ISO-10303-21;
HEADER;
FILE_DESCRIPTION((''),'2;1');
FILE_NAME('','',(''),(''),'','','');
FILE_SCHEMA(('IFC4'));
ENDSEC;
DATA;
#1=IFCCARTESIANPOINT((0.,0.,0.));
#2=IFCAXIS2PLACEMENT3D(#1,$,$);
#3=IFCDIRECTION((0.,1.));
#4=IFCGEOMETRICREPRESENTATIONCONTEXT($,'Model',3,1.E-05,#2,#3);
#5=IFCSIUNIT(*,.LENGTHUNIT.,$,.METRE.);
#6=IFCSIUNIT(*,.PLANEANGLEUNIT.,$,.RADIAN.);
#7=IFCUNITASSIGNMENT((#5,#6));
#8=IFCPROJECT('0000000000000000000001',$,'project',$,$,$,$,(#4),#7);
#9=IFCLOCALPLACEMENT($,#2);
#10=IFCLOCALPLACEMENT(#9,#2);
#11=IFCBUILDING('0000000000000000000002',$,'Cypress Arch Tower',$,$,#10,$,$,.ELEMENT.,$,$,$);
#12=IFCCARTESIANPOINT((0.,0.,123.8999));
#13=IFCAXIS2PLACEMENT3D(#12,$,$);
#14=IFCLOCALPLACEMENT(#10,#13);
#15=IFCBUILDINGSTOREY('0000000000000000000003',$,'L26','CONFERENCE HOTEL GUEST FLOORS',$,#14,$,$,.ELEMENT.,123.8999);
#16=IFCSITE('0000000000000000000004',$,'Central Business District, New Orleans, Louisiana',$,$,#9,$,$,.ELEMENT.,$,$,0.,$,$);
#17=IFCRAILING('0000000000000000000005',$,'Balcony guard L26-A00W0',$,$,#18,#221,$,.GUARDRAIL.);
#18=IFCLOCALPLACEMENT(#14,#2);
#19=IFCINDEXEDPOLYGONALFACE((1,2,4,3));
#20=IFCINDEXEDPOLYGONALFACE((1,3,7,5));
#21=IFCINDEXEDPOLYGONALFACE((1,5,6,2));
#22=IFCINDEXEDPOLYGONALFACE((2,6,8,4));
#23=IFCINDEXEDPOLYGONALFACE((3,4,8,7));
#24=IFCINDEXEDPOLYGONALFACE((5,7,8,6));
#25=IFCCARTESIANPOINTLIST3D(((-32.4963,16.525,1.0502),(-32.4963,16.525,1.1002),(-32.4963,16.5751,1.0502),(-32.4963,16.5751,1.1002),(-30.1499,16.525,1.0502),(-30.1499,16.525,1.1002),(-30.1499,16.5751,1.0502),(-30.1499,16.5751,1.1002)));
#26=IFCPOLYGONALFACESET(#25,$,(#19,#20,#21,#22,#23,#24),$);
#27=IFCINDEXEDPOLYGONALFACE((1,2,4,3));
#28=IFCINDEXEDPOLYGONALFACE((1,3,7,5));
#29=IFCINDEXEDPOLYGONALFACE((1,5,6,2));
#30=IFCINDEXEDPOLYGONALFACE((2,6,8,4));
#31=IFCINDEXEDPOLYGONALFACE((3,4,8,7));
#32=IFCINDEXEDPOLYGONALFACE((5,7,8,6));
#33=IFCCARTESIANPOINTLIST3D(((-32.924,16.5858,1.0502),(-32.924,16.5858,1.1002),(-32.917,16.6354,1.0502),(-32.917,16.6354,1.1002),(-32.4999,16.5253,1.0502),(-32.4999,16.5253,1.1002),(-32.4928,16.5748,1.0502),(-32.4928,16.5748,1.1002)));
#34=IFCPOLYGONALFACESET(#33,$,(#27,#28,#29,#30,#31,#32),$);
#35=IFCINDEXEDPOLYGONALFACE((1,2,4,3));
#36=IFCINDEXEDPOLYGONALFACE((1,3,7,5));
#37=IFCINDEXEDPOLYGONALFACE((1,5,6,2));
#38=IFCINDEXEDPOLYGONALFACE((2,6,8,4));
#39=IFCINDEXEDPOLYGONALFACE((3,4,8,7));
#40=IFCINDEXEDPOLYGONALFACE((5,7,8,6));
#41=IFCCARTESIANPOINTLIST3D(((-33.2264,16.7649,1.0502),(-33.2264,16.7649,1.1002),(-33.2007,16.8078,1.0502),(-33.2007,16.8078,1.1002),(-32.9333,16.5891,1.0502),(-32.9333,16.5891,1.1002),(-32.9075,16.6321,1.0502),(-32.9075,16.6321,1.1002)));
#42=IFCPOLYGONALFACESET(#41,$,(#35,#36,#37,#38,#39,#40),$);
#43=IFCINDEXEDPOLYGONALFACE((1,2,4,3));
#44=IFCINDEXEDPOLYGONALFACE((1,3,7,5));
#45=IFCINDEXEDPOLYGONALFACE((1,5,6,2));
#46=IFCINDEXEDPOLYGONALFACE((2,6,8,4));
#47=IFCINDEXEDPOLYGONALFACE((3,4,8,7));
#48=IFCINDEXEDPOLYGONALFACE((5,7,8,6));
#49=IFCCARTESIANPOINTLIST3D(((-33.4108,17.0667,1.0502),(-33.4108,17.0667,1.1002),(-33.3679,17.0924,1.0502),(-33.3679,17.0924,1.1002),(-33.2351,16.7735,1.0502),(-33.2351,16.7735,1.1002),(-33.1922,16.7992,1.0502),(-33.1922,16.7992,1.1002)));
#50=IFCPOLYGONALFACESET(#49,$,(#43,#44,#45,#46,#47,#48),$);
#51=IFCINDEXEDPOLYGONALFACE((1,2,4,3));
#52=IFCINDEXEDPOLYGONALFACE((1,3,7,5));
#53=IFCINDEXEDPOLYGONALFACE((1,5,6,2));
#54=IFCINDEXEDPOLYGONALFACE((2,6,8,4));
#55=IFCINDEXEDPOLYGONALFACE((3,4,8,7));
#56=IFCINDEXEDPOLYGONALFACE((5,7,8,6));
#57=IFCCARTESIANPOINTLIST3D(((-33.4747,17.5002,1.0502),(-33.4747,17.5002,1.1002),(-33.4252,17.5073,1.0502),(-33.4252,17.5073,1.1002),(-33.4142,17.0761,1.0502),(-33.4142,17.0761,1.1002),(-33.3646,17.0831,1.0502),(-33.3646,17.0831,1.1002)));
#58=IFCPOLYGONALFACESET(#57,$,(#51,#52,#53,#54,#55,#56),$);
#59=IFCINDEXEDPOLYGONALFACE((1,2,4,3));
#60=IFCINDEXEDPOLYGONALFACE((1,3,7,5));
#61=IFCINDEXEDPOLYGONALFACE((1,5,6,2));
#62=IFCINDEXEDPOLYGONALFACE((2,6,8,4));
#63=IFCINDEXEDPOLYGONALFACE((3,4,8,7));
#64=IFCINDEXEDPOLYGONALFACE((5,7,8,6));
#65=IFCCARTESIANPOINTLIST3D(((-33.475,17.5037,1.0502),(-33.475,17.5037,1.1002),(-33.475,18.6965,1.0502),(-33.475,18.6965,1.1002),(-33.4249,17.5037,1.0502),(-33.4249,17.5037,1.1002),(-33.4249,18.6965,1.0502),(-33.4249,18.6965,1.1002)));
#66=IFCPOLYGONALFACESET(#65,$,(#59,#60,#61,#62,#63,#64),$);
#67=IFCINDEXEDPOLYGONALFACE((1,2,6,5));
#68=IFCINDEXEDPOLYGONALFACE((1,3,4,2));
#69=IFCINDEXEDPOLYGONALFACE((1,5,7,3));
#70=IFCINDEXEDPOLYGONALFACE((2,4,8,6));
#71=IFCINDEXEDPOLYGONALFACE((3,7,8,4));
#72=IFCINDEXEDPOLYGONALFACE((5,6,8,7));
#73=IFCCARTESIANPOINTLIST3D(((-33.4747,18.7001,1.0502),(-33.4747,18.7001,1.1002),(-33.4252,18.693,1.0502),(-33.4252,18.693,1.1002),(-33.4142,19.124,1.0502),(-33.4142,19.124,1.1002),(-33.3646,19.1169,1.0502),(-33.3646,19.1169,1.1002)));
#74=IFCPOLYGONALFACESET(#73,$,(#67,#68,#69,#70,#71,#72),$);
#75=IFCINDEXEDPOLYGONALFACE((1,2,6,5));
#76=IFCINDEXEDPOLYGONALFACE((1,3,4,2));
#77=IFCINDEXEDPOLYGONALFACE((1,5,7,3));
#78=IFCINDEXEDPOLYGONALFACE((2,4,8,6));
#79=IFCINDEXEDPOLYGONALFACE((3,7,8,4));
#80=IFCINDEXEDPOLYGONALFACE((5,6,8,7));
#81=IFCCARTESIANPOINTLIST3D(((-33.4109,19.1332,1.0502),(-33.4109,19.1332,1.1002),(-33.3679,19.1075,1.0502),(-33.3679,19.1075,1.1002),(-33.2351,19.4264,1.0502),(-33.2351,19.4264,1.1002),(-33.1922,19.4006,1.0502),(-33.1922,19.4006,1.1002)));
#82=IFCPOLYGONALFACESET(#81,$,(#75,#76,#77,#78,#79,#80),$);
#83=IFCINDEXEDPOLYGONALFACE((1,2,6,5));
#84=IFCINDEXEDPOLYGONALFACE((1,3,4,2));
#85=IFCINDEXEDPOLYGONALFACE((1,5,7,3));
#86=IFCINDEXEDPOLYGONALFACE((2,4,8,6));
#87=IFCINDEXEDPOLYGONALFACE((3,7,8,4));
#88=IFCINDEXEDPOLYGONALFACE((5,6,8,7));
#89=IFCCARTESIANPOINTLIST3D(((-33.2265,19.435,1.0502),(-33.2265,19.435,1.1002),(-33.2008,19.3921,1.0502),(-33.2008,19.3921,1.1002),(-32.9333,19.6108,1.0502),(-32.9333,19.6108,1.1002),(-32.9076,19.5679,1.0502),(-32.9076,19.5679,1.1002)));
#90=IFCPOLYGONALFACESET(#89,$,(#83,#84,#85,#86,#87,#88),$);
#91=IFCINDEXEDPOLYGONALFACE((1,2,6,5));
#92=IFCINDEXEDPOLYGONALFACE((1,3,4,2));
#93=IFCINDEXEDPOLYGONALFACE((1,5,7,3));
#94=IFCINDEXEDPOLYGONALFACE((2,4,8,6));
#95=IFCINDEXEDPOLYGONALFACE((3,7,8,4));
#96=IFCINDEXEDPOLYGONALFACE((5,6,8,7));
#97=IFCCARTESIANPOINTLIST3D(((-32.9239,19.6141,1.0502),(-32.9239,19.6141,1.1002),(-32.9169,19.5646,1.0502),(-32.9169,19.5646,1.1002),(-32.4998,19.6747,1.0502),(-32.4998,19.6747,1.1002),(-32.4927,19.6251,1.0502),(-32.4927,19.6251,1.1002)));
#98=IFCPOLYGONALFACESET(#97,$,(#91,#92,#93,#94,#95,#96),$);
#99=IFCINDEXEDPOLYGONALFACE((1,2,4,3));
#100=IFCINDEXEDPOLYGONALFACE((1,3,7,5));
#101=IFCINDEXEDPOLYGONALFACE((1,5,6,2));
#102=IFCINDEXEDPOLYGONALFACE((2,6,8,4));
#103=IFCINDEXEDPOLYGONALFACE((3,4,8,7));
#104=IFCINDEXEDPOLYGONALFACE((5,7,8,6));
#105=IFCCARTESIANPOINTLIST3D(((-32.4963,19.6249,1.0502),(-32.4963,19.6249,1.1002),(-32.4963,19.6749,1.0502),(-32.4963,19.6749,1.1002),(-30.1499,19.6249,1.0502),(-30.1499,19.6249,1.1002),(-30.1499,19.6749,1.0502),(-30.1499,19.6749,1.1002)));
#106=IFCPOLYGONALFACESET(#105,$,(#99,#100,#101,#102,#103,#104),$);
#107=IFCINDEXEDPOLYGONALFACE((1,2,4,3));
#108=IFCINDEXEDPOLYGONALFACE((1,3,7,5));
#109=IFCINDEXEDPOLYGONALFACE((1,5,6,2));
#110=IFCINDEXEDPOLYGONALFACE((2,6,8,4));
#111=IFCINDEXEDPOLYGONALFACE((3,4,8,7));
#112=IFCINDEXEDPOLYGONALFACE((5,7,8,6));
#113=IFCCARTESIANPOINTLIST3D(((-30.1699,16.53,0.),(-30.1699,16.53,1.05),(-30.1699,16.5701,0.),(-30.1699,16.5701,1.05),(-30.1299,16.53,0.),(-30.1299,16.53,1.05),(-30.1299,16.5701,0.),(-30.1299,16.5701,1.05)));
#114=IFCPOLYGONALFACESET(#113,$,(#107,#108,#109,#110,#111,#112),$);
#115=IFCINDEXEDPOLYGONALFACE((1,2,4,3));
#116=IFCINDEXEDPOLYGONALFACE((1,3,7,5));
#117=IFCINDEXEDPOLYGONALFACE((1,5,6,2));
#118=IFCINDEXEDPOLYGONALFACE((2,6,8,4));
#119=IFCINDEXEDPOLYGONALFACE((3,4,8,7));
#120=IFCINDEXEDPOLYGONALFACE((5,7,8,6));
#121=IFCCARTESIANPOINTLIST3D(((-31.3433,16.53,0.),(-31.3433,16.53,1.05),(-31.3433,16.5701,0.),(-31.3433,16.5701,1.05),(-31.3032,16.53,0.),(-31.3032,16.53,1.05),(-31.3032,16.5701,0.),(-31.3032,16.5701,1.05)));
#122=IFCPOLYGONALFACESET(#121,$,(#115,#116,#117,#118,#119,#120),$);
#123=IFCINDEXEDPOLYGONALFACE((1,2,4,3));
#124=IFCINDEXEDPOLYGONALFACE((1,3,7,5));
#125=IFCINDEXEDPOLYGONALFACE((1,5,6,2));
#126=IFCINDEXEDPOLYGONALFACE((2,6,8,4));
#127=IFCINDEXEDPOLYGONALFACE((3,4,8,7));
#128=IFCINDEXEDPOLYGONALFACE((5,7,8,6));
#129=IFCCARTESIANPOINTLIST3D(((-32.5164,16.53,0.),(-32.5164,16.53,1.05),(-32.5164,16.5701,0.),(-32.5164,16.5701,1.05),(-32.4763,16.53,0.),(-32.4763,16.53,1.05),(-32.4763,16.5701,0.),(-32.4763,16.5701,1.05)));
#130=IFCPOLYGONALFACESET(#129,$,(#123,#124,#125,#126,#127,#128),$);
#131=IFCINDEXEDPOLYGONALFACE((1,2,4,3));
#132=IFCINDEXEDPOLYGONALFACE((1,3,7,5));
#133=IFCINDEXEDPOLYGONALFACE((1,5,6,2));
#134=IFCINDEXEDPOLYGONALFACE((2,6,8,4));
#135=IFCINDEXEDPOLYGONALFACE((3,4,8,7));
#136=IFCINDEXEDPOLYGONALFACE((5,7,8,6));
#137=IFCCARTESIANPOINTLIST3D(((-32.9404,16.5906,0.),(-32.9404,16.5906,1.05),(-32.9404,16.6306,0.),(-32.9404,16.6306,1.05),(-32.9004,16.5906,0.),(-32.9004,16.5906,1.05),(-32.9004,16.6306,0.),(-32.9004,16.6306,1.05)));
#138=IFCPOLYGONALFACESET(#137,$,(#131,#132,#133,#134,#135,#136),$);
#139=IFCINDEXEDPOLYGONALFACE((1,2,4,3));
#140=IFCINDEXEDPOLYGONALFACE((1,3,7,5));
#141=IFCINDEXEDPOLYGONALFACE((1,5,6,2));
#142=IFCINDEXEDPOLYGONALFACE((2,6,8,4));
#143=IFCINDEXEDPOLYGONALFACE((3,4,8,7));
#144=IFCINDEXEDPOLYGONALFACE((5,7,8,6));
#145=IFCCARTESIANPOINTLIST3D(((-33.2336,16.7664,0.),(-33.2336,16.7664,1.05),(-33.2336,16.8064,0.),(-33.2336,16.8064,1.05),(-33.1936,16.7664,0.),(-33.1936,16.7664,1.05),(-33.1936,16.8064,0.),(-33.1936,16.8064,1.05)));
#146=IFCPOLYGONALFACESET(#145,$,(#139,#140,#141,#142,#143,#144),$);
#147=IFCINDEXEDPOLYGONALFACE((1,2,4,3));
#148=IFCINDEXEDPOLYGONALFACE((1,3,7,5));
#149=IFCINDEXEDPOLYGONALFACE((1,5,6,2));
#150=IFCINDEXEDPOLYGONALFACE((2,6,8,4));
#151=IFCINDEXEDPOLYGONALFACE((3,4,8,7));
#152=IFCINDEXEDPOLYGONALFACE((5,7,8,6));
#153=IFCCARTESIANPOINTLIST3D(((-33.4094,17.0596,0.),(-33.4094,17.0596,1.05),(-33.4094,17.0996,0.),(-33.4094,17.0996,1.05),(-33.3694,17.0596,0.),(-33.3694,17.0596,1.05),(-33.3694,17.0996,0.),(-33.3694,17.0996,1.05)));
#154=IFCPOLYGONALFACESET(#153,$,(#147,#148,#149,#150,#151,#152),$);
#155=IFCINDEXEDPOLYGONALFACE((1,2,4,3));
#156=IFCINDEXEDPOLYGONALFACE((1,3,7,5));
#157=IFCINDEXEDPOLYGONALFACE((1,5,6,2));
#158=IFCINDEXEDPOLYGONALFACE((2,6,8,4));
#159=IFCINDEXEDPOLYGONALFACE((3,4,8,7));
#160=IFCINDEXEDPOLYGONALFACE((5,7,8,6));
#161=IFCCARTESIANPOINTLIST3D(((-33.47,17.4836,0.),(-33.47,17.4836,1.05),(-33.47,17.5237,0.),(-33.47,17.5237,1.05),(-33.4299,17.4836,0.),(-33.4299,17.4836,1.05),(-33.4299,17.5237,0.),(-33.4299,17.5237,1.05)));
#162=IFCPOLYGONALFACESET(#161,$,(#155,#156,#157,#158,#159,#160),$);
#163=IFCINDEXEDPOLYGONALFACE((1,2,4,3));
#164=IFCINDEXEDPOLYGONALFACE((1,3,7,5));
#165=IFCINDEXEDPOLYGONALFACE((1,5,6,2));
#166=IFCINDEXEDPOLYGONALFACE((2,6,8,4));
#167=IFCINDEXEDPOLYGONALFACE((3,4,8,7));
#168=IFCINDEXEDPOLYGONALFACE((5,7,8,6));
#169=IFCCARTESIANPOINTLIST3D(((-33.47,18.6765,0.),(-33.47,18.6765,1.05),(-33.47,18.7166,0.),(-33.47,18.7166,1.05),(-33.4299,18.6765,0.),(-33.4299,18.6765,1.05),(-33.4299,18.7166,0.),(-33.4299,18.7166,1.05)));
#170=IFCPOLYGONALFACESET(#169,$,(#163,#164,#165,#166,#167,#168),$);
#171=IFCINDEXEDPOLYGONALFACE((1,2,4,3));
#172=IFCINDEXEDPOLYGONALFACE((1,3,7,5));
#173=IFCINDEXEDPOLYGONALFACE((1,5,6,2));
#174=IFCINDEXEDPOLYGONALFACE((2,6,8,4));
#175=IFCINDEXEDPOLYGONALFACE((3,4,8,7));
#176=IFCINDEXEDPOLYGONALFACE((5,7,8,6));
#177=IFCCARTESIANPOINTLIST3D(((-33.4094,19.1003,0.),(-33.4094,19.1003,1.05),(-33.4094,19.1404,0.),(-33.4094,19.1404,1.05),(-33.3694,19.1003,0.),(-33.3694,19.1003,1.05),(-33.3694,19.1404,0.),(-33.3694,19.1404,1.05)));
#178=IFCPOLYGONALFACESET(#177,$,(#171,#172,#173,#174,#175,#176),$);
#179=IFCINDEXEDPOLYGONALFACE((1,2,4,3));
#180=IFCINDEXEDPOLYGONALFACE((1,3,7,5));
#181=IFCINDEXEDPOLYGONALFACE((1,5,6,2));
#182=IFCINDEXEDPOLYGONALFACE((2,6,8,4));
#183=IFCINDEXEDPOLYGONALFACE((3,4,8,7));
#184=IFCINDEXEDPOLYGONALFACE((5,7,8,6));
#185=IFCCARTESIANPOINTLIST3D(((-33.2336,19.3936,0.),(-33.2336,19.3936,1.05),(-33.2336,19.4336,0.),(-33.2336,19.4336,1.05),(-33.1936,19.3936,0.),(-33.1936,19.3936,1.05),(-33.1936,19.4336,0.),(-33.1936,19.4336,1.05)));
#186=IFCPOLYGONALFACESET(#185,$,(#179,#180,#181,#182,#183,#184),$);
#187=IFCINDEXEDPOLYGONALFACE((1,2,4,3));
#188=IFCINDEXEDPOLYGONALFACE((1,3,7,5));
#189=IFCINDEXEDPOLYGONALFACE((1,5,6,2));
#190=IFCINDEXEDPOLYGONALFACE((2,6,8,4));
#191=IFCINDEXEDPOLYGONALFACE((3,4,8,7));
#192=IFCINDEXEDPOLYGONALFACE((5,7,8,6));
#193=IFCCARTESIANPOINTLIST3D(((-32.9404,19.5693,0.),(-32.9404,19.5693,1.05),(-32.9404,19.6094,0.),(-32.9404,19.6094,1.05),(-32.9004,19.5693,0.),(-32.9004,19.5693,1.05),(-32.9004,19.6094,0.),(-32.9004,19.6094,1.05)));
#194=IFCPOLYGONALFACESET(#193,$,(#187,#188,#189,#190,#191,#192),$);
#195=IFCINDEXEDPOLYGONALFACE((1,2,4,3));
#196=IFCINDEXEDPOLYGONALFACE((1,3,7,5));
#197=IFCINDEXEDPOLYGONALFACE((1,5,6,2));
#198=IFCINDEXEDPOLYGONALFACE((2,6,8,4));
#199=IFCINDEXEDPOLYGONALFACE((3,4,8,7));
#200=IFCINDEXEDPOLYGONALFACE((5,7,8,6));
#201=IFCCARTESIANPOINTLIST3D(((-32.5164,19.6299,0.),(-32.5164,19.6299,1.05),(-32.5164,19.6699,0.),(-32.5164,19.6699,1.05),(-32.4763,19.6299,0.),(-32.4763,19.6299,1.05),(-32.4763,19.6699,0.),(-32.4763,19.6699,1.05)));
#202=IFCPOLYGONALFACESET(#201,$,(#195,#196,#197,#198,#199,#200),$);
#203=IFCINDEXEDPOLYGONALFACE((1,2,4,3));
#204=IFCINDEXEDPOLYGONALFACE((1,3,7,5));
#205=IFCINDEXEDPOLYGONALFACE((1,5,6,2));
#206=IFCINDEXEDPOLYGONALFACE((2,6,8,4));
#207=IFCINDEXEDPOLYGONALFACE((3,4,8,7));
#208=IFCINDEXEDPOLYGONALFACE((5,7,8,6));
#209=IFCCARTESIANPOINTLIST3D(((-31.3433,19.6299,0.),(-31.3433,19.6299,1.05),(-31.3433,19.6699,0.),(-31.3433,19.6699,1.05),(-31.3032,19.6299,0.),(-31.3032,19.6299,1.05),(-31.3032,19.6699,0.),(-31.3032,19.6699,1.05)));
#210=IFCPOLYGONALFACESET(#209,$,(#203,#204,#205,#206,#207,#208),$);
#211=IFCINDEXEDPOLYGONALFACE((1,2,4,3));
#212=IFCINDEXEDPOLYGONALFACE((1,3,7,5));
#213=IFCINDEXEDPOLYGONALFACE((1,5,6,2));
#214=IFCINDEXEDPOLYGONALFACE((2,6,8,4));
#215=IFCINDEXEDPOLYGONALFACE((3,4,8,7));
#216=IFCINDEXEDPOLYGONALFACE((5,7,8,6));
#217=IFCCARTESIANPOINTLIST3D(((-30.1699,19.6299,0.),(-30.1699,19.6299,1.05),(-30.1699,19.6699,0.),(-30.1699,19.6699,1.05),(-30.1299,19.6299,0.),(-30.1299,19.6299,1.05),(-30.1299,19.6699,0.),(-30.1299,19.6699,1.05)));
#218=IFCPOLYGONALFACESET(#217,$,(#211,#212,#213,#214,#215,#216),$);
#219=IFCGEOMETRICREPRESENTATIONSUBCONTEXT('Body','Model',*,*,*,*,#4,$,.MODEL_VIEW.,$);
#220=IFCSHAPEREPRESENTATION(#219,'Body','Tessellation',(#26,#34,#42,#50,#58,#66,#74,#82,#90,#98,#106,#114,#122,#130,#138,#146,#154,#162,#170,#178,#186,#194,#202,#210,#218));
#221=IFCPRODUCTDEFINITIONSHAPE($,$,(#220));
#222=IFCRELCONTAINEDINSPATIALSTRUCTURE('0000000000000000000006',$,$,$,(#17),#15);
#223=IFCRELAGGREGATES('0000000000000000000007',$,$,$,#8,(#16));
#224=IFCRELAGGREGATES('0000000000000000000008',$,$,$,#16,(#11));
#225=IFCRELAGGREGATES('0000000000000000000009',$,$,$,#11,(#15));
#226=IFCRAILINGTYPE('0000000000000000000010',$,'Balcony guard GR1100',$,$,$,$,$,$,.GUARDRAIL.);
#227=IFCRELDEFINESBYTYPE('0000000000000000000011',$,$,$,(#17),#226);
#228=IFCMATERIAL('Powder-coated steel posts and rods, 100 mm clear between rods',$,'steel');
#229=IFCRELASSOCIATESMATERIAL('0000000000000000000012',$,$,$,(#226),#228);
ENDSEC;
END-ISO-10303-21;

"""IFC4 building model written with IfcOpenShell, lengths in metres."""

from ifc_helpers import new_model, si_unit, direction, frame, origin, origin_2d, place, context, subcontext, project, spatial, rectangle, extrude, material, type_object, element, save


model = new_model("IFC4")

# Units and contexts
model_context = context("Model", 3, precision=1e-05, world=origin(), true_north=direction((0.0, 1.0)))
body_context = subcontext(model_context, "Body", "Model", "MODEL_VIEW")
ifc_project = project(units=[si_unit("LENGTHUNIT", "METRE"), si_unit("PLANEANGLEUNIT", "RADIAN")], contexts=[model_context])

# Site, building, storey
site_placement = place(None, origin())
site = spatial("IfcSite", under=ifc_project, at=site_placement, Name="Central Business District, New Orleans, Louisiana", CompositionType="ELEMENT", RefElevation=0.0)
building_placement = place(site_placement, origin())
building = spatial("IfcBuilding", under=site, at=building_placement, Name="Cypress Arch Tower", CompositionType="ELEMENT")
storey_placement = place(building_placement, frame((0.0, 0.0, 123.8999)))
storey = spatial("IfcBuildingStorey", under=building, at=storey_placement, Name="L26", Description="CONFERENCE HOTEL GUEST FLOORS", CompositionType="ELEMENT", Elevation=123.8999)

# Railing
ifc_material_1 = material(Name="Powder-coated steel posts and rods, 100 mm clear between rods", Category="steel")
railing_type_1 = type_object("IfcRailingType", Name="Balcony guard GR1100", PredefinedType="GUARDRAIL", material=ifc_material_1)
railing_1_placement = place(storey_placement, frame((-30.1499, 16.55, 0.0)))
element("IfcRailing", 1, at=railing_1_placement, inside=storey, type_object=railing_type_1, Name="Balcony guard L26-A00W0", PredefinedType="GUARDRAIL", context=body_context, shape_type="SweptSolid", body=[
    extrude(rectangle(XDim=0.05, YDim=0.05, at=origin_2d()), frame((0.0, 0.0, 1.0752), z_axis=(-1.0, 0.0, 0.0), x_axis=(0.0, -1.0, 0.0)), (0.0, 0.0, 1.0), 2.3464),
    extrude(rectangle(XDim=0.05, YDim=0.05, at=origin_2d()), frame((-2.3464, 0.0, 1.0752), z_axis=(-0.989961, 0.141342, 0.0), x_axis=(-0.141342, -0.989961, 0.0)), (0.0, 0.0, 1.0), 0.4285),
    extrude(rectangle(XDim=0.05, YDim=0.05, at=origin_2d()), frame((-2.7705, 0.0605, 1.0752), z_axis=(-0.857682, 0.514181, 0.0), x_axis=(-0.514181, -0.857682, 0.0)), (0.0, 0.0, 1.0), 0.3418),
    extrude(rectangle(XDim=0.05, YDim=0.05, at=origin_2d()), frame((-3.0637, 0.2363, 1.0752), z_axis=(-0.514181, 0.857682, 0.0), x_axis=(-0.857682, -0.514181, 0.0)), (0.0, 0.0, 1.0), 0.3418),
    extrude(rectangle(XDim=0.05, YDim=0.05, at=origin_2d()), frame((-3.2395, 0.5295, 1.0752), z_axis=(-0.141342, 0.989961, 0.0), x_axis=(-0.989961, -0.141342, 0.0)), (0.0, 0.0, 1.0), 0.4285),
    extrude(rectangle(XDim=0.05, YDim=0.05, at=origin_2d()), frame((-3.3, 0.9536, 1.0752), z_axis=(0.0, 1.0, 0.0), x_axis=(-1.0, 0.0, 0.0)), (0.0, 0.0, 1.0), 1.1929),
    extrude(rectangle(XDim=0.05, YDim=0.05, at=origin_2d()), frame((-3.3, 2.1465, 1.0752), z_axis=(0.141421, 0.989949, 0.0), x_axis=(-0.989949, 0.141421, 0.0)), (0.0, 0.0, 1.0), 0.4282),
    extrude(rectangle(XDim=0.05, YDim=0.05, at=origin_2d()), frame((-3.2395, 2.5703, 1.0752), z_axis=(0.514181, 0.857682, 0.0), x_axis=(-0.857682, 0.514181, 0.0)), (0.0, 0.0, 1.0), 0.3418),
    extrude(rectangle(XDim=0.05, YDim=0.05, at=origin_2d()), frame((-3.0637, 2.8635, 1.0752), z_axis=(0.857682, 0.514181, 0.0), x_axis=(-0.514181, 0.857682, 0.0)), (0.0, 0.0, 1.0), 0.3418),
    extrude(rectangle(XDim=0.05, YDim=0.05, at=origin_2d()), frame((-2.7705, 3.0393, 1.0752), z_axis=(0.989961, 0.141342, 0.0), x_axis=(-0.141342, 0.989961, 0.0)), (0.0, 0.0, 1.0), 0.4285),
    extrude(rectangle(XDim=0.05, YDim=0.05, at=origin_2d()), frame((-2.3464, 3.0999, 1.0752), z_axis=(1.0, 0.0, 0.0), x_axis=(0.0, 1.0, 0.0)), (0.0, 0.0, 1.0), 2.3464),
    extrude(rectangle(XDim=0.04, YDim=0.04, at=origin_2d()), origin(), (0.0, 0.0, 1.0), 1.05),
    extrude(rectangle(XDim=0.04, YDim=0.04, at=origin_2d()), frame((-1.1733, 0.0, 0.0)), (0.0, 0.0, 1.0), 1.05),
    extrude(rectangle(XDim=0.04, YDim=0.04, at=origin_2d()), frame((-2.3464, 0.0, 0.0)), (0.0, 0.0, 1.0), 1.05),
    extrude(rectangle(XDim=0.04, YDim=0.04, at=origin_2d()), frame((-2.7705, 0.0605, 0.0)), (0.0, 0.0, 1.0), 1.05),
    extrude(rectangle(XDim=0.04, YDim=0.04, at=origin_2d()), frame((-3.0637, 0.2363, 0.0)), (0.0, 0.0, 1.0), 1.05),
    extrude(rectangle(XDim=0.04, YDim=0.04, at=origin_2d()), frame((-3.2395, 0.5295, 0.0)), (0.0, 0.0, 1.0), 1.05),
    extrude(rectangle(XDim=0.04, YDim=0.04, at=origin_2d()), frame((-3.3, 0.9536, 0.0)), (0.0, 0.0, 1.0), 1.05),
    extrude(rectangle(XDim=0.04, YDim=0.04, at=origin_2d()), frame((-3.3, 2.1465, 0.0)), (0.0, 0.0, 1.0), 1.05),
    extrude(rectangle(XDim=0.04, YDim=0.04, at=origin_2d()), frame((-3.2395, 2.5703, 0.0)), (0.0, 0.0, 1.0), 1.05),
    extrude(rectangle(XDim=0.04, YDim=0.04, at=origin_2d()), frame((-3.0637, 2.8635, 0.0)), (0.0, 0.0, 1.0), 1.05),
    extrude(rectangle(XDim=0.04, YDim=0.04, at=origin_2d()), frame((-2.7705, 3.0393, 0.0)), (0.0, 0.0, 1.0), 1.05),
    extrude(rectangle(XDim=0.04, YDim=0.04, at=origin_2d()), frame((-2.3464, 3.0999, 0.0)), (0.0, 0.0, 1.0), 1.05),
    extrude(rectangle(XDim=0.04, YDim=0.04, at=origin_2d()), frame((-1.1733, 3.0999, 0.0)), (0.0, 0.0, 1.0), 1.05),
    extrude(rectangle(XDim=0.04, YDim=0.04, at=origin_2d()), frame((0.0, 3.0999, 0.0)), (0.0, 0.0, 1.0), 1.05),
])

save(model, "model.ifc")
